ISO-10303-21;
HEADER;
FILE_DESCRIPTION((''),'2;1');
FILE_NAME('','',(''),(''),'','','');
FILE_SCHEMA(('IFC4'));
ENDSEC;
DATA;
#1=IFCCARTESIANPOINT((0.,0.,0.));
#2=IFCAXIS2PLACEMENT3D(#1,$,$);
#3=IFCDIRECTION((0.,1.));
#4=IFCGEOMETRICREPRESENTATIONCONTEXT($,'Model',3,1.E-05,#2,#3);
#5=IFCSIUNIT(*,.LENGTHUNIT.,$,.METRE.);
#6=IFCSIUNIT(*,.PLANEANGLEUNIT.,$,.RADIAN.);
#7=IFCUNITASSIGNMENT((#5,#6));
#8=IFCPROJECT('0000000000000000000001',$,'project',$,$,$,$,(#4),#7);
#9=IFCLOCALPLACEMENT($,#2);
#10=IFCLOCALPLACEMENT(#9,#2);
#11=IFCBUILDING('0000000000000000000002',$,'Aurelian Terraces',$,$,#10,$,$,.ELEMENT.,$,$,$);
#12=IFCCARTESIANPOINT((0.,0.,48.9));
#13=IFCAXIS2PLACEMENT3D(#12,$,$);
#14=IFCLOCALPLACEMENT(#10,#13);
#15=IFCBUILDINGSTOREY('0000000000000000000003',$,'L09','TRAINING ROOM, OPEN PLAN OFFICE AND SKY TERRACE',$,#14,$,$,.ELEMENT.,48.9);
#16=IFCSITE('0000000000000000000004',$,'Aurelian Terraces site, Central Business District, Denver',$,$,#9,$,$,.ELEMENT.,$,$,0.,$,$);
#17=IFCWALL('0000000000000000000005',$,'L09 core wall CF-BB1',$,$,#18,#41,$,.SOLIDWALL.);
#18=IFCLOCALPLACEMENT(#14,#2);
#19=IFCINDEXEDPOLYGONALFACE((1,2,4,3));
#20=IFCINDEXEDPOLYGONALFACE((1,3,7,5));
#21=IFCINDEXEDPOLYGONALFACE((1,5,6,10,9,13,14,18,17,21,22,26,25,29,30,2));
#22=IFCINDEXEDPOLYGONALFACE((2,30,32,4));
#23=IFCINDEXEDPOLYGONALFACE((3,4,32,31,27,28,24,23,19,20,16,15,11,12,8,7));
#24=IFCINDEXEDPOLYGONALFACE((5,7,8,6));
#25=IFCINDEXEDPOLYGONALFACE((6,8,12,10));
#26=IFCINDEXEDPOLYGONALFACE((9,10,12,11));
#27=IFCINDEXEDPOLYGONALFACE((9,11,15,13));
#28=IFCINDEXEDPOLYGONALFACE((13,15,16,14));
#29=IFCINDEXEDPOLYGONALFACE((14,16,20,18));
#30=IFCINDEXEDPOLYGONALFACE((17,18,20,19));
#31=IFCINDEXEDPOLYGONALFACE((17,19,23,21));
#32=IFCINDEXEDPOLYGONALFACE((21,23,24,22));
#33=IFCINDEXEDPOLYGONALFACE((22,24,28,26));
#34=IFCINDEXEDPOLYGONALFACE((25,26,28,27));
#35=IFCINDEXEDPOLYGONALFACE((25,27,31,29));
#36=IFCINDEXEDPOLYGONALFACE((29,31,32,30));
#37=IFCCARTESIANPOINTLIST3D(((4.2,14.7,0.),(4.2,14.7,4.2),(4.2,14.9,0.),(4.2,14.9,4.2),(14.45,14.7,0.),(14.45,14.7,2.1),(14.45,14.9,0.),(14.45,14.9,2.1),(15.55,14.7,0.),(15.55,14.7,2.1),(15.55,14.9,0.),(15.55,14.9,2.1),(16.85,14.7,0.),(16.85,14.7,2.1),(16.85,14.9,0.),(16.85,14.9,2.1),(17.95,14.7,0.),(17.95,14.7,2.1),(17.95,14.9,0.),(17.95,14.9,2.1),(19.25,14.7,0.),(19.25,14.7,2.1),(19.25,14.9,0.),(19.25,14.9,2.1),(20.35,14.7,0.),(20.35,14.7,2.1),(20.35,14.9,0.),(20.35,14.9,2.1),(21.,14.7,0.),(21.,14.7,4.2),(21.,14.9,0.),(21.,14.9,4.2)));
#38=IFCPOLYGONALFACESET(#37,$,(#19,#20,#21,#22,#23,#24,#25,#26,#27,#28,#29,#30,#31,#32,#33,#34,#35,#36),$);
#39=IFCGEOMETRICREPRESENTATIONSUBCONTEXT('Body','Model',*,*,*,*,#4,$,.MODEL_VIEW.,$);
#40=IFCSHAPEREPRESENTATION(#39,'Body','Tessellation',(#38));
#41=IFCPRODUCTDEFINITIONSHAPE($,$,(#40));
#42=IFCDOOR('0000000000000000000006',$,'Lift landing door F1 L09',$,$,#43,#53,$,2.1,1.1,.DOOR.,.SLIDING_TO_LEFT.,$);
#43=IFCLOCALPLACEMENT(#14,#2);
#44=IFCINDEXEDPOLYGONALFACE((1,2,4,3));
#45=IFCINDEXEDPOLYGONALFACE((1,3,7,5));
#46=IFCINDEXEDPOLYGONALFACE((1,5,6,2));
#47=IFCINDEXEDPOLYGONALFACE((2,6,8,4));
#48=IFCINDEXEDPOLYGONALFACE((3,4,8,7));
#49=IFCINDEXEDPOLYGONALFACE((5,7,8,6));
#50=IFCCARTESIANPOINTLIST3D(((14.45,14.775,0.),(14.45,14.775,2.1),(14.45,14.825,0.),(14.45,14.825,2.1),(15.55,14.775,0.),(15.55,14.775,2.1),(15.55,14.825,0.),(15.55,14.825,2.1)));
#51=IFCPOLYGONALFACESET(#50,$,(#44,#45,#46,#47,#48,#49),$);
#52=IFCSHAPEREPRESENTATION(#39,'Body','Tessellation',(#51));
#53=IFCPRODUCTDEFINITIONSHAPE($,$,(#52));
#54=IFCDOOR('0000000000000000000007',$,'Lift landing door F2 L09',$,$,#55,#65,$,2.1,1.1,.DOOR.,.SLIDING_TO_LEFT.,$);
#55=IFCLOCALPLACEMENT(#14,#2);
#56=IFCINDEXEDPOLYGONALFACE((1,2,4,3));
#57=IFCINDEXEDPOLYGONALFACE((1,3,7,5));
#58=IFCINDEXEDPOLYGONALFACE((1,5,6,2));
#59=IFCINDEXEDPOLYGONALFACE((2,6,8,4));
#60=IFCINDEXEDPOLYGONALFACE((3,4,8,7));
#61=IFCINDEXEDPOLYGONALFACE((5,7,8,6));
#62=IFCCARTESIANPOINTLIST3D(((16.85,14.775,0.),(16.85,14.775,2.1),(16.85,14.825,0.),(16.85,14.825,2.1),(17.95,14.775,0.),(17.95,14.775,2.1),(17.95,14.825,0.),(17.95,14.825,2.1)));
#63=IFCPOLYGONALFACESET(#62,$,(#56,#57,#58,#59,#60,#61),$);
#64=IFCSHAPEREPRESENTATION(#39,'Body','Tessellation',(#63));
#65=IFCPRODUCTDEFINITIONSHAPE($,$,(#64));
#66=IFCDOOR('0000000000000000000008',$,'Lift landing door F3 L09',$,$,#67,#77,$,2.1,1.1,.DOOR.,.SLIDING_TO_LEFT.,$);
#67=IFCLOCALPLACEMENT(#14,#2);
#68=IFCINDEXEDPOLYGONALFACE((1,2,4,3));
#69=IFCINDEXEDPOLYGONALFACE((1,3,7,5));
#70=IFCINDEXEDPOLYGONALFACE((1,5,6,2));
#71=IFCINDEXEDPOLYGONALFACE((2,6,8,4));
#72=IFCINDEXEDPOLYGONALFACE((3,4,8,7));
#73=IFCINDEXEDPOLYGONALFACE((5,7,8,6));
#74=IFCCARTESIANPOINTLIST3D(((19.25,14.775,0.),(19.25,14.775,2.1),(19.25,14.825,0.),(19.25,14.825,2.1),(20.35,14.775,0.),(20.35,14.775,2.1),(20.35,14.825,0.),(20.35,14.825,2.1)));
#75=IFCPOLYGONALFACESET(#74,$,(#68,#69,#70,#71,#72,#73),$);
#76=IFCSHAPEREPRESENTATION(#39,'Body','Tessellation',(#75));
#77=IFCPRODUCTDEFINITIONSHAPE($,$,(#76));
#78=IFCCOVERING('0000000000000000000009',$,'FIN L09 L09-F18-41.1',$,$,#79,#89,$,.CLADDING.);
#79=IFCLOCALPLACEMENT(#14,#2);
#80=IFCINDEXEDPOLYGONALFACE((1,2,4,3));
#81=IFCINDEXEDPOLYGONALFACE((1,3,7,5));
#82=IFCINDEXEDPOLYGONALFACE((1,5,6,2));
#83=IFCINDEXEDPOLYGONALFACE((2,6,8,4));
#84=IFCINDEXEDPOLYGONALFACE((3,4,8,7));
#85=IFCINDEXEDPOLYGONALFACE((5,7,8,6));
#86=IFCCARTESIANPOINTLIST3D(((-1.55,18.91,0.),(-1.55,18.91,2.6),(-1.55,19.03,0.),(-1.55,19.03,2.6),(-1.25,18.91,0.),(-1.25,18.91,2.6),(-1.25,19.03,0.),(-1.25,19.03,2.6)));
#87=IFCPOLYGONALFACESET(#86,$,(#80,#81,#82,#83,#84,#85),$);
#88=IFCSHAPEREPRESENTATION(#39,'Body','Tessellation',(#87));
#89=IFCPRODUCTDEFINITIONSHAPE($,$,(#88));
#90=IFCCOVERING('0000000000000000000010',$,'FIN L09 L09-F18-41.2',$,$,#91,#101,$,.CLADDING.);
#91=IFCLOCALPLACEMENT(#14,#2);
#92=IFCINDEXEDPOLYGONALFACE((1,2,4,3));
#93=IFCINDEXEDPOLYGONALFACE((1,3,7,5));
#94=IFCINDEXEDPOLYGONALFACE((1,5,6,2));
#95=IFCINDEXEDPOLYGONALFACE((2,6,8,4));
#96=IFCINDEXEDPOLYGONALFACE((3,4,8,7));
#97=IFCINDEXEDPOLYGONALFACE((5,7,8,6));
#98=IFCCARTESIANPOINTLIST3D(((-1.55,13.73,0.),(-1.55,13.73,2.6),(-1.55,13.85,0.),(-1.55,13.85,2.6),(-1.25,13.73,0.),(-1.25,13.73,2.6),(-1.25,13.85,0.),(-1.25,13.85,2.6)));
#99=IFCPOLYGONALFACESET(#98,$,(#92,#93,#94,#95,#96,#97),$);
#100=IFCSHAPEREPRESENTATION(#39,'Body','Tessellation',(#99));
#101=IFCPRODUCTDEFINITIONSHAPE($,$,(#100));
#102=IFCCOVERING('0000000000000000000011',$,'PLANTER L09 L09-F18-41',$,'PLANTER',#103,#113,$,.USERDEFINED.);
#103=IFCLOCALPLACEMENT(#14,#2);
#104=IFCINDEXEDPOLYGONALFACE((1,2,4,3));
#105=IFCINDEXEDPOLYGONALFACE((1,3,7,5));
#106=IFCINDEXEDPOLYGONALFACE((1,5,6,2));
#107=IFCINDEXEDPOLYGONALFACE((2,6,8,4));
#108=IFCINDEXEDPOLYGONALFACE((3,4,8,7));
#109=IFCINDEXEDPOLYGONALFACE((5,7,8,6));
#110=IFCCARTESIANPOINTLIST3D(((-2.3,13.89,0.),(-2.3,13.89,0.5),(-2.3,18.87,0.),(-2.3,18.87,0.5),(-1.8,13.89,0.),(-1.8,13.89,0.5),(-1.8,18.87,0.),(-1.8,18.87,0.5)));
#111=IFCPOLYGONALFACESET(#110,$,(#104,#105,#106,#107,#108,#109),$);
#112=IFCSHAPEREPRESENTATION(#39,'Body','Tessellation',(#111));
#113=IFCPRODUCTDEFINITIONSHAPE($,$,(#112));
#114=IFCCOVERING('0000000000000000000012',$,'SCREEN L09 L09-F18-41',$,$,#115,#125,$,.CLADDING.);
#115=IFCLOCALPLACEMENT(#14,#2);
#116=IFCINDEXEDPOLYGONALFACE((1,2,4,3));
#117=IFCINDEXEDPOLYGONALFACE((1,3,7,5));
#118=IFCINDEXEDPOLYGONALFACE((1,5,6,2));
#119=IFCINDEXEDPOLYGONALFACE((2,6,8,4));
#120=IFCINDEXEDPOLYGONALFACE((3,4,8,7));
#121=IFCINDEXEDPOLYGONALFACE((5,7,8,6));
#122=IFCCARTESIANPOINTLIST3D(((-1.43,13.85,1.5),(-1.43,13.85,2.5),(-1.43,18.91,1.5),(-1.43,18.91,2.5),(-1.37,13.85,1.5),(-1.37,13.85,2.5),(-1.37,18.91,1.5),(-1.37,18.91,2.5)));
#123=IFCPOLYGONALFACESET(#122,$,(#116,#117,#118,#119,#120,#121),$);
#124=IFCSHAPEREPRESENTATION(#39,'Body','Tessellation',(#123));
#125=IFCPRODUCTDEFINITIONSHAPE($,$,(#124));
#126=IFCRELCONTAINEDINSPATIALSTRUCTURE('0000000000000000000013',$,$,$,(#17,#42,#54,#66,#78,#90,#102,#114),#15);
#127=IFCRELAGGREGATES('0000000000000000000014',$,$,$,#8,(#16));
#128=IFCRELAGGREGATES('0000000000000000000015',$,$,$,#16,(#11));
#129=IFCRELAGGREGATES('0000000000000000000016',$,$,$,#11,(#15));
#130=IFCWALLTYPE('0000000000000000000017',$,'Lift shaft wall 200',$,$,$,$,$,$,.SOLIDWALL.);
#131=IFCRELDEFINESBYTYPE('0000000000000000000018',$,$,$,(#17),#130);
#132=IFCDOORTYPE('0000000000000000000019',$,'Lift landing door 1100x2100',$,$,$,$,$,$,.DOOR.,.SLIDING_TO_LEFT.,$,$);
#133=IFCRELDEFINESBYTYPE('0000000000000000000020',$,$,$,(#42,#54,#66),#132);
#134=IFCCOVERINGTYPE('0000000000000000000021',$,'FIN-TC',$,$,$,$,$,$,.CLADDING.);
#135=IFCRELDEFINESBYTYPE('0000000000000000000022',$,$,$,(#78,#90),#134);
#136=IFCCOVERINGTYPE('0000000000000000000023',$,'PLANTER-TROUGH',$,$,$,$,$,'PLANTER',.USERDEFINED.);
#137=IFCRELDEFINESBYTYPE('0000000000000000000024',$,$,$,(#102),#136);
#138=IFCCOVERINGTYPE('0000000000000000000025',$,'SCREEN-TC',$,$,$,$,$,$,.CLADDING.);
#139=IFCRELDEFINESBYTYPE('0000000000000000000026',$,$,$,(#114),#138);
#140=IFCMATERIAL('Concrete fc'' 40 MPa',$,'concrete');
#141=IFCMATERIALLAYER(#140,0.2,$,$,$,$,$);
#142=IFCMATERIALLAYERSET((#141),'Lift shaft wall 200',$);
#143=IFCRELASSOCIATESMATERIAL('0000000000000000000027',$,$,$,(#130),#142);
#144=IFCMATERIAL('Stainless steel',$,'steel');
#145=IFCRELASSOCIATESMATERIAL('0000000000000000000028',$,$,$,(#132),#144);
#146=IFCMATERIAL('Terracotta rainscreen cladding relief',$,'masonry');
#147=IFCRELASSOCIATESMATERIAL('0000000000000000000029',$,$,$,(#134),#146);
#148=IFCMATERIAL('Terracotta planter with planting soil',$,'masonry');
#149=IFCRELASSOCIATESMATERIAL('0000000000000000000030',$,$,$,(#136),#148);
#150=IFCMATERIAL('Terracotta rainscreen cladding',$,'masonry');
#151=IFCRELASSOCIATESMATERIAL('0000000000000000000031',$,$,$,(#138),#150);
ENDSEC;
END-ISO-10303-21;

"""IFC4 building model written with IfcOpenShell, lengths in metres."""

from ifc_helpers import new_model, si_unit, direction, frame, frame_2d, origin, origin_2d, place, context, subcontext, project, spatial, rectangle, extrude, source, transform, mapped, material, layer, layer_set, type_object, element, fill, save


model = new_model("IFC4")

# Units and contexts
model_context = context("Model", 3, precision=1e-05, world=origin(), true_north=direction((0.0, 1.0)))
body_context = subcontext(model_context, "Body", "Model", "MODEL_VIEW")
ifc_project = project(units=[si_unit("LENGTHUNIT", "METRE"), si_unit("PLANEANGLEUNIT", "RADIAN")], contexts=[model_context])

# Site, building, storey
site_placement = place(None, origin())
site = spatial("IfcSite", under=ifc_project, at=site_placement, Name="Aurelian Terraces site, Central Business District, Denver", CompositionType="ELEMENT", RefElevation=0.0)
building_placement = place(site_placement, origin())
building = spatial("IfcBuilding", under=site, at=building_placement, Name="Aurelian Terraces", CompositionType="ELEMENT")
storey_placement = place(building_placement, frame((0.0, 0.0, 48.9)))
storey = spatial("IfcBuildingStorey", under=building, at=storey_placement, Name="L09", Description="TRAINING ROOM, OPEN PLAN OFFICE AND SKY TERRACE", CompositionType="ELEMENT", Elevation=48.9)

# Shared definitions
ifc_material_1 = material(Name="Terracotta rainscreen cladding", Category="masonry")

# Wall, openings, doors
ifc_material_2 = material(Name="Concrete fc' 40 MPa", Category="concrete")
ifc_layer_1 = layer(ifc_material_2, 0.2)
ifc_layer_set_1 = layer_set([ifc_layer_1], Name="Lift shaft wall 200")
wall_type_1 = type_object("IfcWallType", Name="Lift shaft wall 200", PredefinedType="SOLIDWALL", material=ifc_layer_set_1)
shared_shape_1 = source(origin(), body_context, "Body", "SweptSolid", [
    extrude(rectangle(XDim=16.8, YDim=0.2, at=frame_2d((8.4, 0.0))), origin(), (0.0, 0.0, 1.0), 4.2),
])
wall_1_placement = place(storey_placement, frame((4.2, 14.8, 0.0), z_axis=(0.0, 0.0, 1.0), x_axis=(1.0, 0.0, 0.0)))
wall_1 = element("IfcWall", 1, at=wall_1_placement, inside=storey, type_object=wall_type_1, Name="L09 core wall CF-BB1", PredefinedType="SOLIDWALL", context=body_context, shape_type="MappedRepresentation", body=[
    mapped(shared_shape_1, transform((0.0, 0.0, 0.0), scale=1.0)),
])
shared_shape_2 = source(origin(), body_context, "Body", "SweptSolid", [
    extrude(rectangle(XDim=1.1, YDim=2.1, at=frame_2d((0.55, 1.05))), frame((0.0, 0.11, 0.0), z_axis=(0.0, -1.0, 0.0), x_axis=(1.0, 0.0, 0.0)), (0.0, 0.0, 1.0), 0.22),
])
opening_1_placement = place(wall_1_placement, frame((10.25, 0.0, 0.0)))
opening_1 = element("IfcOpeningElement", 2, at=opening_1_placement, cuts=wall_1, PredefinedType="OPENING", context=body_context, shape_type="MappedRepresentation", body=[
    mapped(shared_shape_2, transform((0.0, 0.0, 0.0), scale=1.0)),
])
opening_2_placement = place(wall_1_placement, frame((12.65, 0.0, 0.0)))
opening_2 = element("IfcOpeningElement", 3, at=opening_2_placement, cuts=wall_1, PredefinedType="OPENING", context=body_context, shape_type="MappedRepresentation", body=[
    mapped(shared_shape_2, transform((0.0, 0.0, 0.0), scale=1.0)),
])
opening_3_placement = place(wall_1_placement, frame((15.05, 0.0, 0.0)))
opening_3 = element("IfcOpeningElement", 4, at=opening_3_placement, cuts=wall_1, PredefinedType="OPENING", context=body_context, shape_type="MappedRepresentation", body=[
    mapped(shared_shape_2, transform((0.0, 0.0, 0.0), scale=1.0)),
])
ifc_material_3 = material(Name="Stainless steel", Category="steel")
door_type_1 = type_object("IfcDoorType", Name="Lift landing door 1100x2100", OperationType="SLIDING_TO_LEFT", PredefinedType="DOOR", material=ifc_material_3)
shared_shape_3 = source(origin(), body_context, "Body", "SweptSolid", [
    extrude(rectangle(XDim=1.1, YDim=2.1, at=frame_2d((0.55, 1.05))), frame((0.0, 0.025, 0.0), z_axis=(0.0, -1.0, 0.0), x_axis=(1.0, 0.0, 0.0)), (0.0, 0.0, 1.0), 0.05),
])
door_1_placement = place(opening_1_placement, origin())
door_1 = element("IfcDoor", 5, at=door_1_placement, inside=storey, type_object=door_type_1, Name="Lift landing door F1 L09", OperationType="SLIDING_TO_LEFT", OverallHeight=2.1, OverallWidth=1.1, PredefinedType="DOOR", context=body_context, shape_type="MappedRepresentation", body=[
    mapped(shared_shape_3, transform((0.0, 0.0, 0.0), scale=1.0)),
])
fill(opening_1, door_1)
door_2_placement = place(opening_2_placement, origin())
door_2 = element("IfcDoor", 6, at=door_2_placement, inside=storey, type_object=door_type_1, Name="Lift landing door F2 L09", OperationType="SLIDING_TO_LEFT", OverallHeight=2.1, OverallWidth=1.1, PredefinedType="DOOR", context=body_context, shape_type="MappedRepresentation", body=[
    mapped(shared_shape_3, transform((0.0, 0.0, 0.0), scale=1.0)),
])
fill(opening_2, door_2)
door_3_placement = place(opening_3_placement, origin())
door_3 = element("IfcDoor", 7, at=door_3_placement, inside=storey, type_object=door_type_1, Name="Lift landing door F3 L09", OperationType="SLIDING_TO_LEFT", OverallHeight=2.1, OverallWidth=1.1, PredefinedType="DOOR", context=body_context, shape_type="MappedRepresentation", body=[
    mapped(shared_shape_3, transform((0.0, 0.0, 0.0), scale=1.0)),
])
fill(opening_3, door_3)

# Coverings
ifc_material_4 = material(Name="Terracotta rainscreen cladding relief", Category="masonry")
covering_type_1 = type_object("IfcCoveringType", Name="FIN-TC", PredefinedType="CLADDING", material=ifc_material_4)
shared_shape_4 = source(origin(), body_context, "Body", "SweptSolid", [
    extrude(rectangle(XDim=0.3, YDim=0.12, at=origin_2d()), origin(), (0.0, 0.0, 1.0), 2.6),
])
for number, where, z_axis, x_axis, name in (
    (8, (-1.4, 18.97, 0.0), (0.0, 0.0, 1.0), (1.0, 0.0, 0.0), "FIN L09 L09-F18-41.1"),
    (9, (-1.4, 13.79, 0.0), (0.0, 0.0, 1.0), (1.0, 0.0, 0.0), "FIN L09 L09-F18-41.2"),
):
    element("IfcCovering", number, at=place(storey_placement, frame(where, z_axis=z_axis, x_axis=x_axis)), inside=storey, type_object=covering_type_1, Name=name, PredefinedType="CLADDING", context=body_context, shape_type="MappedRepresentation", body=[
        mapped(shared_shape_4, transform((0.0, 0.0, 0.0), scale=1.0)),
    ])

# Coverings
ifc_material_5 = material(Name="Terracotta planter with planting soil", Category="masonry")
covering_type_2 = type_object("IfcCoveringType", Name="PLANTER-TROUGH", ElementType="PLANTER", PredefinedType="USERDEFINED", material=ifc_material_5)
shared_shape_5 = source(origin(), body_context, "Body", "SweptSolid", [
    extrude(rectangle(XDim=0.5, YDim=4.98, at=origin_2d()), origin(), (0.0, 0.0, 1.0), 0.5),
])
covering_1_placement = place(storey_placement, frame((-2.05, 16.38, 0.0), z_axis=(0.0, 0.0, 1.0), x_axis=(1.0, 0.0, 0.0)))
element("IfcCovering", 10, at=covering_1_placement, inside=storey, type_object=covering_type_2, Name="PLANTER L09 L09-F18-41", ObjectType="PLANTER", PredefinedType="USERDEFINED", context=body_context, shape_type="MappedRepresentation", body=[
    mapped(shared_shape_5, transform((0.0, 0.0, 0.0), scale=1.0)),
])
covering_type_3 = type_object("IfcCoveringType", Name="SCREEN-TC", PredefinedType="CLADDING", material=ifc_material_1)
shared_shape_6 = source(origin(), body_context, "Body", "SweptSolid", [
    extrude(rectangle(XDim=0.06, YDim=5.06, at=origin_2d()), origin(), (0.0, 0.0, 1.0), 1.0),
])
covering_2_placement = place(storey_placement, frame((-1.4, 16.38, 1.5), z_axis=(0.0, 0.0, 1.0), x_axis=(1.0, 0.0, 0.0)))
element("IfcCovering", 11, at=covering_2_placement, inside=storey, type_object=covering_type_3, Name="SCREEN L09 L09-F18-41", PredefinedType="CLADDING", context=body_context, shape_type="MappedRepresentation", body=[
    mapped(shared_shape_6, transform((0.0, 0.0, 0.0), scale=1.0)),
])

save(model, "model.ifc")
